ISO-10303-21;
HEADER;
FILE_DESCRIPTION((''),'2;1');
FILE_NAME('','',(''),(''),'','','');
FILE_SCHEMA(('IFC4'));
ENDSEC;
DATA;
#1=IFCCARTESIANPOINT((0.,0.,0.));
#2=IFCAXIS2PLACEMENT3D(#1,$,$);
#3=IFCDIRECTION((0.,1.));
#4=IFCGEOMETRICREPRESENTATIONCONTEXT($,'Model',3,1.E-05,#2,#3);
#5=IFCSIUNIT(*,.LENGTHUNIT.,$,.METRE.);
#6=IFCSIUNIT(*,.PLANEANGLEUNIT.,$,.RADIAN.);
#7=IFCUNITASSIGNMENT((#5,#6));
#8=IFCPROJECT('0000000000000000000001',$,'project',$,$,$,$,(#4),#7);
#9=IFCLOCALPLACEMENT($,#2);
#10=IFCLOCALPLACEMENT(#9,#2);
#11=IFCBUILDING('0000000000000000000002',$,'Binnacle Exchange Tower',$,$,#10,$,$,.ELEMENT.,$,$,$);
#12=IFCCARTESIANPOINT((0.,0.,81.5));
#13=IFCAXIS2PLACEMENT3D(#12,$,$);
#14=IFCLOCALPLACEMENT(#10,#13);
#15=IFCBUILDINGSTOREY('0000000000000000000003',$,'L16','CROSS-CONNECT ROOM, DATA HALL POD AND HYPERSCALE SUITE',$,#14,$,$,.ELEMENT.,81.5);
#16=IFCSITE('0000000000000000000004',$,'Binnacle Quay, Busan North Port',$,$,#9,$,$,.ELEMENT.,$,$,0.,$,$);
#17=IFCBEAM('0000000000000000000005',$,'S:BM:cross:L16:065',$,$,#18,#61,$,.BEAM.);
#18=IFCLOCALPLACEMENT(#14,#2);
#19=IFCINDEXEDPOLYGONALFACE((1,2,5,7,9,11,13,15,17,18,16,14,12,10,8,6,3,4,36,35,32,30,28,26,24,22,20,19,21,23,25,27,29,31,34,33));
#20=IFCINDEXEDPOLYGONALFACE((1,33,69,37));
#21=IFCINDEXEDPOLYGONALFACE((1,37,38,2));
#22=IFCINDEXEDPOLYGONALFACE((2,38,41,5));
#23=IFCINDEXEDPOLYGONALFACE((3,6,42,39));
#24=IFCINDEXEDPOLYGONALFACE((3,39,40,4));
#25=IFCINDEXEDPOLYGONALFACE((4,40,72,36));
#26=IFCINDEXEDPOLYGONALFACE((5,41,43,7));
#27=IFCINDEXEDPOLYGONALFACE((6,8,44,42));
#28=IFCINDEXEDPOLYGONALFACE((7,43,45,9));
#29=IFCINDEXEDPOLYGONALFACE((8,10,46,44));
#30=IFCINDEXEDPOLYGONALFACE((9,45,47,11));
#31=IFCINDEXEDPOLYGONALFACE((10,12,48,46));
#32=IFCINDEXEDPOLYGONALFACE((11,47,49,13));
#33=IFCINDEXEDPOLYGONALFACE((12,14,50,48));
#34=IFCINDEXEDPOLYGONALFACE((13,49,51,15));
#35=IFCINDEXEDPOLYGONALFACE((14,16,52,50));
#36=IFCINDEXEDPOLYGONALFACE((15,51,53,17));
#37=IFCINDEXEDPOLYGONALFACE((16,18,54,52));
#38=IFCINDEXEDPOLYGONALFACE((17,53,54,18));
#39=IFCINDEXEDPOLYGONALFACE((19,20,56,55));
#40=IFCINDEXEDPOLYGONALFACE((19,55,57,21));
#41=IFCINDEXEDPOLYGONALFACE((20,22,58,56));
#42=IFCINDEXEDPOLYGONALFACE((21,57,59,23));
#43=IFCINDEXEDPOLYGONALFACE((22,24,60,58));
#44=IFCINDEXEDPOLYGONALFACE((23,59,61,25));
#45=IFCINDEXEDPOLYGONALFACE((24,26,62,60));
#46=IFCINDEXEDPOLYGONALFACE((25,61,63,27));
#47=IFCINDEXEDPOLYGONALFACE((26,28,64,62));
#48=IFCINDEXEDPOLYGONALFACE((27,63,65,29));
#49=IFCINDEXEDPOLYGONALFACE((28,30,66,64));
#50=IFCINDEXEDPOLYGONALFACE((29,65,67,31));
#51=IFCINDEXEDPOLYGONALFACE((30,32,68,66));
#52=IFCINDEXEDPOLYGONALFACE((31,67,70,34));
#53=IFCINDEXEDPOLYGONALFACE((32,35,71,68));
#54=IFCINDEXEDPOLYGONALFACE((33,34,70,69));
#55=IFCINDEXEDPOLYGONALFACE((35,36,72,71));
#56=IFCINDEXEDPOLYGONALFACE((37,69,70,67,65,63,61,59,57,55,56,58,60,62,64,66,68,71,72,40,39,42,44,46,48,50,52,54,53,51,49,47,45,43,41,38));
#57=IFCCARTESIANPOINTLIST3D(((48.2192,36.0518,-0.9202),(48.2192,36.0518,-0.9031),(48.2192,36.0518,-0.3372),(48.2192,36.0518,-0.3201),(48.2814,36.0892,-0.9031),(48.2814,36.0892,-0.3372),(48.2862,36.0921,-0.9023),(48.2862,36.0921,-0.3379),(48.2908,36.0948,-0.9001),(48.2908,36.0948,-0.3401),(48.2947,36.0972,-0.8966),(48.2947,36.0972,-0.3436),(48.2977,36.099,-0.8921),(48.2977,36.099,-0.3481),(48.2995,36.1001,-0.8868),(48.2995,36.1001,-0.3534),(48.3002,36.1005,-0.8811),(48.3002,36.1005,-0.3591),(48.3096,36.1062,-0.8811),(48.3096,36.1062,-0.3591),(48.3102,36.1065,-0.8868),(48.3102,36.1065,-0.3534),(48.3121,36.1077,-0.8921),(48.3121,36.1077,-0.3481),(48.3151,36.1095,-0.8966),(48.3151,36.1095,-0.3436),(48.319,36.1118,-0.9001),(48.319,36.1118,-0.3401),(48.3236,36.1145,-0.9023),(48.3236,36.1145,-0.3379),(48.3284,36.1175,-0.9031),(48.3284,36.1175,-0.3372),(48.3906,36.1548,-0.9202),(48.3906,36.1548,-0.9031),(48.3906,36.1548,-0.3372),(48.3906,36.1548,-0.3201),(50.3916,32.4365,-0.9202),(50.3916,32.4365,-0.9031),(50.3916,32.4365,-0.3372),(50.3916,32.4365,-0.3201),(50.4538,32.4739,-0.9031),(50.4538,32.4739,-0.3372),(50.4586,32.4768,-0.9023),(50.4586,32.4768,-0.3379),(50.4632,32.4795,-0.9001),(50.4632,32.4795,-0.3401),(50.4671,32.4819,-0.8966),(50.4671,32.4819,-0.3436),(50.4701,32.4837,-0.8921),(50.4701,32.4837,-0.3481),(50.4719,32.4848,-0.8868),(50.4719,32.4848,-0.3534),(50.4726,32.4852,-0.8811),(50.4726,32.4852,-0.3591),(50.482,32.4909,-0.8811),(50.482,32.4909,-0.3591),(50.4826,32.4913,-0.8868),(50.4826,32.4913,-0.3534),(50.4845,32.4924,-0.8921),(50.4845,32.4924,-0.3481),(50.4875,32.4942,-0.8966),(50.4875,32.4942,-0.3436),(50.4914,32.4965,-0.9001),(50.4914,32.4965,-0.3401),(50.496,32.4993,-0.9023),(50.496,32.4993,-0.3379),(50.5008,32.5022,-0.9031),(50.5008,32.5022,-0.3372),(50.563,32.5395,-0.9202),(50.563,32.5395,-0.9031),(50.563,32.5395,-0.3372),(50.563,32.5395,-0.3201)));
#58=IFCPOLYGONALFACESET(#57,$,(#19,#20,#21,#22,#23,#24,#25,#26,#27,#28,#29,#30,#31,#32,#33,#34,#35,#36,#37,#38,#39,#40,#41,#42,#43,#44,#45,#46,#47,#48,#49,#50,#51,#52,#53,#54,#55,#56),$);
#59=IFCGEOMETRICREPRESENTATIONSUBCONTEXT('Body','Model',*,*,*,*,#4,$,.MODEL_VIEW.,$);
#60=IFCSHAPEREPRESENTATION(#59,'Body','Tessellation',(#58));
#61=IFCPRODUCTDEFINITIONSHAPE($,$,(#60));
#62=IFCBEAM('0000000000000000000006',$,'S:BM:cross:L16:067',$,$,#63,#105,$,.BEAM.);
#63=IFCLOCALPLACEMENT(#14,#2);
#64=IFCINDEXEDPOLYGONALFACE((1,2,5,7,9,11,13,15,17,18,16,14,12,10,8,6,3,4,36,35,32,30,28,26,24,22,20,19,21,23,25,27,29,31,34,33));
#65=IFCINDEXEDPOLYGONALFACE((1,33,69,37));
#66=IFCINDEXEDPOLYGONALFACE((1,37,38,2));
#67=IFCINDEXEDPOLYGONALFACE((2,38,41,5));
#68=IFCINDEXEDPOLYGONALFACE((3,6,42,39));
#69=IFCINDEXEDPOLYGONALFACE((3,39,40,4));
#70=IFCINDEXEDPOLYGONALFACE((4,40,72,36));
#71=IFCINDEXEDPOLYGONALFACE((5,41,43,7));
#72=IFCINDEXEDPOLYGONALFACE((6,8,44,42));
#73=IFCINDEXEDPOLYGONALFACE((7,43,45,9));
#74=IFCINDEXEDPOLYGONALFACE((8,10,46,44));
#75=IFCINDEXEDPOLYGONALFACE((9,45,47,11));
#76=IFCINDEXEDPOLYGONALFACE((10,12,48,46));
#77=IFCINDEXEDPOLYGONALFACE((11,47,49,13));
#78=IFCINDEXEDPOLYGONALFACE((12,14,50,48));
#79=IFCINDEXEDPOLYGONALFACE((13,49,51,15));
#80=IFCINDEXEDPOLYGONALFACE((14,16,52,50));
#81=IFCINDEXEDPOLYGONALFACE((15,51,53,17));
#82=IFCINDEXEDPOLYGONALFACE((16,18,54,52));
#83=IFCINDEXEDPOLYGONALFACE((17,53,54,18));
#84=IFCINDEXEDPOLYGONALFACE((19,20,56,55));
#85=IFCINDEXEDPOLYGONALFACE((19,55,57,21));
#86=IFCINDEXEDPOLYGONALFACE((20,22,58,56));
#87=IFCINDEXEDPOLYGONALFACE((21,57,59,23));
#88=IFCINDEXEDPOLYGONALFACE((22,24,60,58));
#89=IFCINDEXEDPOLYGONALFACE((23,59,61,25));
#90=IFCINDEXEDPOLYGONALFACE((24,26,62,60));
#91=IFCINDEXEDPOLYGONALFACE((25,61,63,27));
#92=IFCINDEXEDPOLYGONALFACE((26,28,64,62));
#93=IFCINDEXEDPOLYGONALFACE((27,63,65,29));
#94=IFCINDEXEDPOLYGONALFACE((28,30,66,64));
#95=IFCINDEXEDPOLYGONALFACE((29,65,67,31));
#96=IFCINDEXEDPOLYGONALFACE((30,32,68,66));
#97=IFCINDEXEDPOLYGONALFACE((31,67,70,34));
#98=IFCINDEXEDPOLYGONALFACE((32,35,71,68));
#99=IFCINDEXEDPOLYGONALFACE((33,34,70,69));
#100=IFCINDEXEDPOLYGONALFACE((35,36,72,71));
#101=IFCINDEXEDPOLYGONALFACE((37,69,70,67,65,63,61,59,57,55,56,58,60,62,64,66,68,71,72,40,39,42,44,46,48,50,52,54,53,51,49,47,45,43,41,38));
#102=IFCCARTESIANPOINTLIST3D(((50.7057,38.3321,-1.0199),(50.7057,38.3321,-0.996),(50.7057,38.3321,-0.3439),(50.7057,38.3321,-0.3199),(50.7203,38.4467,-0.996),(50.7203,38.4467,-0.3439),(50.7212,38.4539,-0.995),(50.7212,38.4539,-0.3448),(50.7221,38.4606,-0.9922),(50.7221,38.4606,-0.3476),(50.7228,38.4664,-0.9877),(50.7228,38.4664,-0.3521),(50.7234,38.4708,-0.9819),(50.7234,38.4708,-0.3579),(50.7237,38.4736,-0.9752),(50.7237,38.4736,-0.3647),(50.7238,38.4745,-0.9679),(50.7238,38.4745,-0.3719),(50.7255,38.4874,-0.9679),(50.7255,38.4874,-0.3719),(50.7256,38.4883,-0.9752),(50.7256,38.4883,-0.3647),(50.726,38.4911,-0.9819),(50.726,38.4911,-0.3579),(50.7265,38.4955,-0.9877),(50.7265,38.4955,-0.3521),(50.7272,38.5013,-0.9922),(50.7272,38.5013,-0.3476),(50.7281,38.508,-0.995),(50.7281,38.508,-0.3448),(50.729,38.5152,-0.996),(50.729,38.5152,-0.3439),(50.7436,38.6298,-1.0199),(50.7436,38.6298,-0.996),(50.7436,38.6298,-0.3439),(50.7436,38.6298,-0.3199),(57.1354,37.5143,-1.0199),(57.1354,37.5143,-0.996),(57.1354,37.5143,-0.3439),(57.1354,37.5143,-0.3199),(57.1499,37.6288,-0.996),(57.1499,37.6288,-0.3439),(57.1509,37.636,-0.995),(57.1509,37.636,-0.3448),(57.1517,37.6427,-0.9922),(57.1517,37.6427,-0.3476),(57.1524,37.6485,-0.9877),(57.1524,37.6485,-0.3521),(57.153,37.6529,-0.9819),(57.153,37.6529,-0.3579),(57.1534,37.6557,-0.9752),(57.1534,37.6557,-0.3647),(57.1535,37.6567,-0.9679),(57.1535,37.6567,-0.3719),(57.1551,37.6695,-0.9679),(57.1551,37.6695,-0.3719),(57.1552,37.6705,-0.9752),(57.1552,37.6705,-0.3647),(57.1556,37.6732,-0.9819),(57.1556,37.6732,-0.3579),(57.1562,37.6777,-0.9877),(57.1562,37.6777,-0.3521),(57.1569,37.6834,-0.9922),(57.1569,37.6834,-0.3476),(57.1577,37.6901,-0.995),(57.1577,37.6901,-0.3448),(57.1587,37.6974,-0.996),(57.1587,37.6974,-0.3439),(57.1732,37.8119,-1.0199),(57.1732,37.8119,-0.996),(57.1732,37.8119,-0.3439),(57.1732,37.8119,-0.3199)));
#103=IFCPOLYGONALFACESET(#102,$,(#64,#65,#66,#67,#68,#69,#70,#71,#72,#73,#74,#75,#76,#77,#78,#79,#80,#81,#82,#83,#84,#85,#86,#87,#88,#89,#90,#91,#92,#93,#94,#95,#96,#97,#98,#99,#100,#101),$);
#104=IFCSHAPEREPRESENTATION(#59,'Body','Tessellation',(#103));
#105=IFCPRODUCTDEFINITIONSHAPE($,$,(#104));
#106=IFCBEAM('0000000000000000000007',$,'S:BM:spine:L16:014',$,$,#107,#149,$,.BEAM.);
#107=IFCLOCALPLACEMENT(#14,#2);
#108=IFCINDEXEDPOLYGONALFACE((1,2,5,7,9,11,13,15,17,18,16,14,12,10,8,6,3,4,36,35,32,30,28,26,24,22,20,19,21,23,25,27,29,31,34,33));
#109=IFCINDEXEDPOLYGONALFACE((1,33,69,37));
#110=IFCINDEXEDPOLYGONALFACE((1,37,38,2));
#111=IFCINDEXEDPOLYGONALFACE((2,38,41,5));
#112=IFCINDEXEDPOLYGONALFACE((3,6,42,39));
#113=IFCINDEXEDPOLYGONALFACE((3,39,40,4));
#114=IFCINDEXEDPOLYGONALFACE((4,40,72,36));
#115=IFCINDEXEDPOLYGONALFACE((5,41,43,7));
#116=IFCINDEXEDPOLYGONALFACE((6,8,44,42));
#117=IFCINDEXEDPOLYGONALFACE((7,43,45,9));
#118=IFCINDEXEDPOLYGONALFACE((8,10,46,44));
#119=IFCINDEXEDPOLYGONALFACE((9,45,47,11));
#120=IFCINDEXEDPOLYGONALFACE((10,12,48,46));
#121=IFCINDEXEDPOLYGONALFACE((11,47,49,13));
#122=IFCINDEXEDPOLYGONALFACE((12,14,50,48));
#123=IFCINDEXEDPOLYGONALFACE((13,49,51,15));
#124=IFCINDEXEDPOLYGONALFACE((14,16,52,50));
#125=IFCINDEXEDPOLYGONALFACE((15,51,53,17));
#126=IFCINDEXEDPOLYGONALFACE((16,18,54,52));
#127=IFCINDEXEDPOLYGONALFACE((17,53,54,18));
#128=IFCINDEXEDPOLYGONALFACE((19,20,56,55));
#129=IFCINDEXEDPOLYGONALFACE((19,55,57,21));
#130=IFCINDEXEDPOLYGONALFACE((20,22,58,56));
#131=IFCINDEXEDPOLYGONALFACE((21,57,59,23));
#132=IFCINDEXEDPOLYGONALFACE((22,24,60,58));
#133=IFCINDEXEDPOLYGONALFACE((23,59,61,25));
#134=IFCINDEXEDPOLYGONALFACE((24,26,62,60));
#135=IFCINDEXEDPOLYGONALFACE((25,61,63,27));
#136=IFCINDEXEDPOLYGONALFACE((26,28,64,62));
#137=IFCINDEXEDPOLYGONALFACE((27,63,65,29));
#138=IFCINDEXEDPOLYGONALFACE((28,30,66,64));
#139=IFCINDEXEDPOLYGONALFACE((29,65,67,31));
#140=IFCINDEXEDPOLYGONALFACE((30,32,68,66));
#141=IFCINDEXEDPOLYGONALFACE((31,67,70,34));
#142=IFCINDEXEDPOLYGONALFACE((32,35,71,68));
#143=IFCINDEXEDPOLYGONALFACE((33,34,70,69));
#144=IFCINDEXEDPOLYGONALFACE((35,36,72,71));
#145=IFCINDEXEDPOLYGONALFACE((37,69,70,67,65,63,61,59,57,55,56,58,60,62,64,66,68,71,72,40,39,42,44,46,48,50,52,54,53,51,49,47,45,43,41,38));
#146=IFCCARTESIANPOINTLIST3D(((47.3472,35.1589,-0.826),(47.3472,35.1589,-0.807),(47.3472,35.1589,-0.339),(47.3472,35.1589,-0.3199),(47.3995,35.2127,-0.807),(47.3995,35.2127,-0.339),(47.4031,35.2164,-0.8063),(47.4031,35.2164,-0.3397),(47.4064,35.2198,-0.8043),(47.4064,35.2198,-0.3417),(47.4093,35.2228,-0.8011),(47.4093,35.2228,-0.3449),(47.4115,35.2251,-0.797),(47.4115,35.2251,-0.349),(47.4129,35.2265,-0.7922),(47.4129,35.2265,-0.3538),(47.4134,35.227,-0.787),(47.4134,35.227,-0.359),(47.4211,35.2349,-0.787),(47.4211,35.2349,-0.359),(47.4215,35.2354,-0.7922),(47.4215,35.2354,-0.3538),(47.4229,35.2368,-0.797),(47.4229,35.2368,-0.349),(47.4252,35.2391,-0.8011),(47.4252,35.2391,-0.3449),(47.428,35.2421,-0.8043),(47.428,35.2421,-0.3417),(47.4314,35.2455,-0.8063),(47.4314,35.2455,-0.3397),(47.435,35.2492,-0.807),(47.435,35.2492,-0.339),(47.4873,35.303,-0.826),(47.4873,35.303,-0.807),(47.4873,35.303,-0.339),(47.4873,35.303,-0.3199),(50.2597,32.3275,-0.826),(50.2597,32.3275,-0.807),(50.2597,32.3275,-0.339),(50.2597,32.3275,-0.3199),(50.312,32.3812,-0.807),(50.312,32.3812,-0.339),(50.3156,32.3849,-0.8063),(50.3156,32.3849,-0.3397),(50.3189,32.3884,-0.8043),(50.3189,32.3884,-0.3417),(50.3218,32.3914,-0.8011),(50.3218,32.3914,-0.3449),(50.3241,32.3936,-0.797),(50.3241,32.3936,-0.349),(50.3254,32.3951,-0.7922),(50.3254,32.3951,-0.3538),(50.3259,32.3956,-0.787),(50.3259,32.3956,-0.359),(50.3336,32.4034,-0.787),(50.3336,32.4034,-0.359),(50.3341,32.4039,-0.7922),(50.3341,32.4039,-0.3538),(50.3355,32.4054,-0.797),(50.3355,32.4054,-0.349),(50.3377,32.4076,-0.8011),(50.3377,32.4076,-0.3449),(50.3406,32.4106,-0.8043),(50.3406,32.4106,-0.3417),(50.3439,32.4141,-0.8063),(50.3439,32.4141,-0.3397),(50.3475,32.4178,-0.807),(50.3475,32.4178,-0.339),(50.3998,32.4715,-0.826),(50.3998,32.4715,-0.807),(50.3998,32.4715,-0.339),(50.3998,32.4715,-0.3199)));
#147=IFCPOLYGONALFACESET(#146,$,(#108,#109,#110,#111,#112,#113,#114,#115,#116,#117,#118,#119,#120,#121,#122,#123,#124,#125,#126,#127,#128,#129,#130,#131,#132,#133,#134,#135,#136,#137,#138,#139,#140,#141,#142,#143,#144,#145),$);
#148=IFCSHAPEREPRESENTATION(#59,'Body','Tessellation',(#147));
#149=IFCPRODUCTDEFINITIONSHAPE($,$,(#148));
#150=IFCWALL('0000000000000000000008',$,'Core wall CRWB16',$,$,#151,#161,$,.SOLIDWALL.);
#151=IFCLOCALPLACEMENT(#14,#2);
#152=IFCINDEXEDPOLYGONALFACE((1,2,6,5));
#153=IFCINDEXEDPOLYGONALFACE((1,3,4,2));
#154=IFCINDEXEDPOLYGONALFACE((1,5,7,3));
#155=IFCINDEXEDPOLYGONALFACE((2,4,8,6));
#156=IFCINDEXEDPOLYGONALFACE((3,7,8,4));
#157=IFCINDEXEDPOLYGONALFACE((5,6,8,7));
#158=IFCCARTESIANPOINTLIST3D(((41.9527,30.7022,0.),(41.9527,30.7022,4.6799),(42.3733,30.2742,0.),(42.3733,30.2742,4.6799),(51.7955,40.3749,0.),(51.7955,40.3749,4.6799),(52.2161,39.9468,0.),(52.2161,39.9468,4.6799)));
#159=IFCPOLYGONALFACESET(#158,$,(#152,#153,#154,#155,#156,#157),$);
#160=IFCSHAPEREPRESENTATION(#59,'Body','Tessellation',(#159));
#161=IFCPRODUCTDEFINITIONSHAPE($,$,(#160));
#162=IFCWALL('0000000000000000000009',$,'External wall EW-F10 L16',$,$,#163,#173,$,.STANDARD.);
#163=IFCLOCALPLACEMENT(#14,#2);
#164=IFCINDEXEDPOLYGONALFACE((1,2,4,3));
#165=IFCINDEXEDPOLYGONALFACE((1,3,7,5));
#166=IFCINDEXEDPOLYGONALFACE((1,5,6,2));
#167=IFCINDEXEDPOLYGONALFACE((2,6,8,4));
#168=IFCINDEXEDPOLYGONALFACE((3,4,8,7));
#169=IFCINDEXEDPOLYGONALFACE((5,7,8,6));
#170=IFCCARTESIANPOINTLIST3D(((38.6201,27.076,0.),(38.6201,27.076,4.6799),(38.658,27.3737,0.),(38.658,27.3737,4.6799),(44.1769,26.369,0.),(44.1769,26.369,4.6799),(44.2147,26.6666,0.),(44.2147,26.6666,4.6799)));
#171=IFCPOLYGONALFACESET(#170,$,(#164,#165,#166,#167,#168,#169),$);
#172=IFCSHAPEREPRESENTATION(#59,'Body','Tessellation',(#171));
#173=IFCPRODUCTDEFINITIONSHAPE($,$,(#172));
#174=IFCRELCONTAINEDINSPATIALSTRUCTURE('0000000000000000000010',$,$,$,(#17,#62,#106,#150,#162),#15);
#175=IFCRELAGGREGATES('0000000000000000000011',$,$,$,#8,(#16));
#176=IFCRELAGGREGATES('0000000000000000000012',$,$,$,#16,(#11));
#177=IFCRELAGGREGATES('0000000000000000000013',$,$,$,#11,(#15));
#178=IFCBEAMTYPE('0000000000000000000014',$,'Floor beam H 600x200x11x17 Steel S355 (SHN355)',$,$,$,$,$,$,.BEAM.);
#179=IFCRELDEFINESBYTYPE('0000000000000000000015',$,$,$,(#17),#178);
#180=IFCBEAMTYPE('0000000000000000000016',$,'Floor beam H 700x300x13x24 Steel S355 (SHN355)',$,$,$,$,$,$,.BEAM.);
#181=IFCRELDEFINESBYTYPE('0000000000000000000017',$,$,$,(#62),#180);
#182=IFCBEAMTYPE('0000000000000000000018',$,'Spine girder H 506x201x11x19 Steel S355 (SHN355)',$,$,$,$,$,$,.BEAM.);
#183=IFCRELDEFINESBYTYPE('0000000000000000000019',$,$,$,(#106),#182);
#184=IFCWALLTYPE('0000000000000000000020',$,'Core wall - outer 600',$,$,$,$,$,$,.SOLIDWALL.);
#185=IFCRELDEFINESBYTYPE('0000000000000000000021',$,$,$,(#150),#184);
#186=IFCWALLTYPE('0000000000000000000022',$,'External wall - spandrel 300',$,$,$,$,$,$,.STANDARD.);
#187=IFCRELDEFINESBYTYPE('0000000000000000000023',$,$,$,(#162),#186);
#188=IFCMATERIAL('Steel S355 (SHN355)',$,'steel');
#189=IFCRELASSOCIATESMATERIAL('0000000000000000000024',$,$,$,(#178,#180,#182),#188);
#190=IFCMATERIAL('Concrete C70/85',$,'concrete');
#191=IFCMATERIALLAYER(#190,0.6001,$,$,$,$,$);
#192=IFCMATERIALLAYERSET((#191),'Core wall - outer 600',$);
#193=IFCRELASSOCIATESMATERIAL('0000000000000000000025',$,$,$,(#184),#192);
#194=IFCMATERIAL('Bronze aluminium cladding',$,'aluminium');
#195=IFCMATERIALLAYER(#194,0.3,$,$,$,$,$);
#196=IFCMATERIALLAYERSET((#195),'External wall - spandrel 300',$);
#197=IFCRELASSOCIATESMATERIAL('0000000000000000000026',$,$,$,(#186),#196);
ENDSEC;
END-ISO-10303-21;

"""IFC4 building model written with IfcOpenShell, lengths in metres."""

from ifc_helpers import new_model, si_unit, direction, frame, frame_2d, origin, origin_2d, place, context, subcontext, project, spatial, rectangle, i_section, extrude, material, layer, layer_set, material_profile, profile_set, type_object, element, save


model = new_model("IFC4")

# Units and contexts
model_context = context("Model", 3, precision=1e-05, world=origin(), true_north=direction((0.0, 1.0)))
body_context = subcontext(model_context, "Body", "Model", "MODEL_VIEW")
ifc_project = project(units=[si_unit("LENGTHUNIT", "METRE"), si_unit("PLANEANGLEUNIT", "RADIAN")], contexts=[model_context])

# Site, building, storey
site_placement = place(None, origin())
site = spatial("IfcSite", under=ifc_project, at=site_placement, Name="Binnacle Quay, Busan North Port", CompositionType="ELEMENT", RefElevation=0.0)
building_placement = place(site_placement, origin())
building = spatial("IfcBuilding", under=site, at=building_placement, Name="Binnacle Exchange Tower", CompositionType="ELEMENT")
storey_placement = place(building_placement, frame((0.0, 0.0, 81.5)))
storey = spatial("IfcBuildingStorey", under=building, at=storey_placement, Name="L16", Description="CROSS-CONNECT ROOM, DATA HALL POD AND HYPERSCALE SUITE", CompositionType="ELEMENT", Elevation=81.5)

# Shared definitions
ifc_material_1 = material(Name="Concrete C70/85", Category="concrete")

# Beams
ifc_material_2 = material(Name="Steel S355 (SHN355)", Category="steel")
ifc_material_profile_1 = material_profile(ifc_material_2, i_section(OverallWidth=0.2, OverallDepth=0.6001, WebThickness=0.011, FlangeThickness=0.0171, FilletRadius=0.022, at=origin_2d()), Name="H 600x200x11x17")
ifc_profile_set_1 = profile_set([ifc_material_profile_1], Name="Steel S355 (SHN355)")
beam_type_1 = type_object("IfcBeamType", Name="Floor beam H 600x200x11x17 Steel S355 (SHN355)", PredefinedType="BEAM", material=ifc_profile_set_1)
beam_1_placement = place(storey_placement, frame((50.4773, 32.488, -0.6201), z_axis=(-0.515057, 0.857156, 0.0), x_axis=(-0.857156, -0.515057, 0.0)))
element("IfcBeam", 1, at=beam_1_placement, inside=storey, type_object=beam_type_1, Name="S:BM:cross:L16:065", PredefinedType="BEAM", context=body_context, shape_type="SweptSolid", body=[
    extrude(i_section(OverallWidth=0.2, OverallDepth=0.6001, WebThickness=0.011, FlangeThickness=0.0171, FilletRadius=0.022, at=origin_2d()), origin(), (0.0, 0.0, 1.0), 4.2178),
])
ifc_material_profile_2 = material_profile(ifc_material_2, i_section(OverallWidth=0.3, OverallDepth=0.7, WebThickness=0.0129, FlangeThickness=0.0239, FilletRadius=0.0281, at=origin_2d()), Name="H 700x300x13x24")
ifc_profile_set_2 = profile_set([ifc_material_profile_2], Name="Steel S355 (SHN355)")
beam_type_2 = type_object("IfcBeamType", Name="Floor beam H 700x300x13x24 Steel S355 (SHN355)", PredefinedType="BEAM", material=ifc_profile_set_2)
beam_2_placement = place(storey_placement, frame((57.1543, 37.6631, -0.6699), z_axis=(-0.992007, 0.126186, 0.0), x_axis=(-0.126186, -0.992007, 0.0)))
element("IfcBeam", 2, at=beam_2_placement, inside=storey, type_object=beam_type_2, Name="S:BM:cross:L16:067", PredefinedType="BEAM", context=body_context, shape_type="SweptSolid", body=[
    extrude(i_section(OverallWidth=0.3, OverallDepth=0.7, WebThickness=0.0129, FlangeThickness=0.0239, FilletRadius=0.0281, at=origin_2d()), origin(), (0.0, 0.0, 1.0), 6.4814),
])
ifc_material_profile_3 = material_profile(ifc_material_2, i_section(OverallWidth=0.2009, OverallDepth=0.5061, WebThickness=0.011, FlangeThickness=0.019, FilletRadius=0.02, at=origin_2d()), Name="H 506x201x11x19")
ifc_profile_set_3 = profile_set([ifc_material_profile_3], Name="Steel S355 (SHN355)")
beam_type_3 = type_object("IfcBeamType", Name="Spine girder H 506x201x11x19 Steel S355 (SHN355)", PredefinedType="BEAM", material=ifc_profile_set_3)
beam_3_placement = place(storey_placement, frame((47.4172, 35.231, -0.573), z_axis=(0.717013, -0.69706, 0.0), x_axis=(0.69706, 0.717013, 0.0)))
element("IfcBeam", 3, at=beam_3_placement, inside=storey, type_object=beam_type_3, Name="S:BM:spine:L16:014", PredefinedType="BEAM", context=body_context, shape_type="SweptSolid", body=[
    extrude(i_section(OverallWidth=0.2009, OverallDepth=0.5061, WebThickness=0.011, FlangeThickness=0.019, FilletRadius=0.02, at=origin_2d()), origin(), (0.0, 0.0, 1.0), 4.062),
])

# Walls
ifc_layer_1 = layer(ifc_material_1, 0.6001)
ifc_layer_set_1 = layer_set([ifc_layer_1], Name="Core wall - outer 600")
wall_type_1 = type_object("IfcWallType", Name="Core wall - outer 600", PredefinedType="SOLIDWALL", material=ifc_layer_set_1)
wall_1_placement = place(storey_placement, frame((42.1631, 30.4883, 0.0), z_axis=(0.0, 0.0, 1.0), x_axis=(0.713245, 0.700914, 0.0)))
element("IfcWall", 4, at=wall_1_placement, inside=storey, type_object=wall_type_1, Name="Core wall CRWB16", PredefinedType="SOLIDWALL", context=body_context, shape_type="SweptSolid", body=[
    extrude(rectangle(XDim=13.8, YDim=0.6001, at=frame_2d((6.8999, 0.0))), origin(), (0.0, 0.0, 1.0), 4.6799),
])
ifc_material_3 = material(Name="Bronze aluminium cladding", Category="aluminium")
ifc_layer_2 = layer(ifc_material_3, 0.3)
ifc_layer_set_2 = layer_set([ifc_layer_2], Name="External wall - spandrel 300")
wall_type_2 = type_object("IfcWallType", Name="External wall - spandrel 300", PredefinedType="STANDARD", material=ifc_layer_set_2)
wall_2_placement = place(storey_placement, frame((44.1958, 26.5178, 0.0), z_axis=(0.0, 0.0, 1.0), x_axis=(-0.992002, 0.126223, 0.0)))
element("IfcWall", 5, at=wall_2_placement, inside=storey, type_object=wall_type_2, Name="External wall EW-F10 L16", PredefinedType="STANDARD", context=body_context, shape_type="SweptSolid", body=[
    extrude(rectangle(XDim=5.6016, YDim=0.3, at=frame_2d((2.8008, 0.0))), origin(), (0.0, 0.0, 1.0), 4.6799),
])

save(model, "model.ifc")
